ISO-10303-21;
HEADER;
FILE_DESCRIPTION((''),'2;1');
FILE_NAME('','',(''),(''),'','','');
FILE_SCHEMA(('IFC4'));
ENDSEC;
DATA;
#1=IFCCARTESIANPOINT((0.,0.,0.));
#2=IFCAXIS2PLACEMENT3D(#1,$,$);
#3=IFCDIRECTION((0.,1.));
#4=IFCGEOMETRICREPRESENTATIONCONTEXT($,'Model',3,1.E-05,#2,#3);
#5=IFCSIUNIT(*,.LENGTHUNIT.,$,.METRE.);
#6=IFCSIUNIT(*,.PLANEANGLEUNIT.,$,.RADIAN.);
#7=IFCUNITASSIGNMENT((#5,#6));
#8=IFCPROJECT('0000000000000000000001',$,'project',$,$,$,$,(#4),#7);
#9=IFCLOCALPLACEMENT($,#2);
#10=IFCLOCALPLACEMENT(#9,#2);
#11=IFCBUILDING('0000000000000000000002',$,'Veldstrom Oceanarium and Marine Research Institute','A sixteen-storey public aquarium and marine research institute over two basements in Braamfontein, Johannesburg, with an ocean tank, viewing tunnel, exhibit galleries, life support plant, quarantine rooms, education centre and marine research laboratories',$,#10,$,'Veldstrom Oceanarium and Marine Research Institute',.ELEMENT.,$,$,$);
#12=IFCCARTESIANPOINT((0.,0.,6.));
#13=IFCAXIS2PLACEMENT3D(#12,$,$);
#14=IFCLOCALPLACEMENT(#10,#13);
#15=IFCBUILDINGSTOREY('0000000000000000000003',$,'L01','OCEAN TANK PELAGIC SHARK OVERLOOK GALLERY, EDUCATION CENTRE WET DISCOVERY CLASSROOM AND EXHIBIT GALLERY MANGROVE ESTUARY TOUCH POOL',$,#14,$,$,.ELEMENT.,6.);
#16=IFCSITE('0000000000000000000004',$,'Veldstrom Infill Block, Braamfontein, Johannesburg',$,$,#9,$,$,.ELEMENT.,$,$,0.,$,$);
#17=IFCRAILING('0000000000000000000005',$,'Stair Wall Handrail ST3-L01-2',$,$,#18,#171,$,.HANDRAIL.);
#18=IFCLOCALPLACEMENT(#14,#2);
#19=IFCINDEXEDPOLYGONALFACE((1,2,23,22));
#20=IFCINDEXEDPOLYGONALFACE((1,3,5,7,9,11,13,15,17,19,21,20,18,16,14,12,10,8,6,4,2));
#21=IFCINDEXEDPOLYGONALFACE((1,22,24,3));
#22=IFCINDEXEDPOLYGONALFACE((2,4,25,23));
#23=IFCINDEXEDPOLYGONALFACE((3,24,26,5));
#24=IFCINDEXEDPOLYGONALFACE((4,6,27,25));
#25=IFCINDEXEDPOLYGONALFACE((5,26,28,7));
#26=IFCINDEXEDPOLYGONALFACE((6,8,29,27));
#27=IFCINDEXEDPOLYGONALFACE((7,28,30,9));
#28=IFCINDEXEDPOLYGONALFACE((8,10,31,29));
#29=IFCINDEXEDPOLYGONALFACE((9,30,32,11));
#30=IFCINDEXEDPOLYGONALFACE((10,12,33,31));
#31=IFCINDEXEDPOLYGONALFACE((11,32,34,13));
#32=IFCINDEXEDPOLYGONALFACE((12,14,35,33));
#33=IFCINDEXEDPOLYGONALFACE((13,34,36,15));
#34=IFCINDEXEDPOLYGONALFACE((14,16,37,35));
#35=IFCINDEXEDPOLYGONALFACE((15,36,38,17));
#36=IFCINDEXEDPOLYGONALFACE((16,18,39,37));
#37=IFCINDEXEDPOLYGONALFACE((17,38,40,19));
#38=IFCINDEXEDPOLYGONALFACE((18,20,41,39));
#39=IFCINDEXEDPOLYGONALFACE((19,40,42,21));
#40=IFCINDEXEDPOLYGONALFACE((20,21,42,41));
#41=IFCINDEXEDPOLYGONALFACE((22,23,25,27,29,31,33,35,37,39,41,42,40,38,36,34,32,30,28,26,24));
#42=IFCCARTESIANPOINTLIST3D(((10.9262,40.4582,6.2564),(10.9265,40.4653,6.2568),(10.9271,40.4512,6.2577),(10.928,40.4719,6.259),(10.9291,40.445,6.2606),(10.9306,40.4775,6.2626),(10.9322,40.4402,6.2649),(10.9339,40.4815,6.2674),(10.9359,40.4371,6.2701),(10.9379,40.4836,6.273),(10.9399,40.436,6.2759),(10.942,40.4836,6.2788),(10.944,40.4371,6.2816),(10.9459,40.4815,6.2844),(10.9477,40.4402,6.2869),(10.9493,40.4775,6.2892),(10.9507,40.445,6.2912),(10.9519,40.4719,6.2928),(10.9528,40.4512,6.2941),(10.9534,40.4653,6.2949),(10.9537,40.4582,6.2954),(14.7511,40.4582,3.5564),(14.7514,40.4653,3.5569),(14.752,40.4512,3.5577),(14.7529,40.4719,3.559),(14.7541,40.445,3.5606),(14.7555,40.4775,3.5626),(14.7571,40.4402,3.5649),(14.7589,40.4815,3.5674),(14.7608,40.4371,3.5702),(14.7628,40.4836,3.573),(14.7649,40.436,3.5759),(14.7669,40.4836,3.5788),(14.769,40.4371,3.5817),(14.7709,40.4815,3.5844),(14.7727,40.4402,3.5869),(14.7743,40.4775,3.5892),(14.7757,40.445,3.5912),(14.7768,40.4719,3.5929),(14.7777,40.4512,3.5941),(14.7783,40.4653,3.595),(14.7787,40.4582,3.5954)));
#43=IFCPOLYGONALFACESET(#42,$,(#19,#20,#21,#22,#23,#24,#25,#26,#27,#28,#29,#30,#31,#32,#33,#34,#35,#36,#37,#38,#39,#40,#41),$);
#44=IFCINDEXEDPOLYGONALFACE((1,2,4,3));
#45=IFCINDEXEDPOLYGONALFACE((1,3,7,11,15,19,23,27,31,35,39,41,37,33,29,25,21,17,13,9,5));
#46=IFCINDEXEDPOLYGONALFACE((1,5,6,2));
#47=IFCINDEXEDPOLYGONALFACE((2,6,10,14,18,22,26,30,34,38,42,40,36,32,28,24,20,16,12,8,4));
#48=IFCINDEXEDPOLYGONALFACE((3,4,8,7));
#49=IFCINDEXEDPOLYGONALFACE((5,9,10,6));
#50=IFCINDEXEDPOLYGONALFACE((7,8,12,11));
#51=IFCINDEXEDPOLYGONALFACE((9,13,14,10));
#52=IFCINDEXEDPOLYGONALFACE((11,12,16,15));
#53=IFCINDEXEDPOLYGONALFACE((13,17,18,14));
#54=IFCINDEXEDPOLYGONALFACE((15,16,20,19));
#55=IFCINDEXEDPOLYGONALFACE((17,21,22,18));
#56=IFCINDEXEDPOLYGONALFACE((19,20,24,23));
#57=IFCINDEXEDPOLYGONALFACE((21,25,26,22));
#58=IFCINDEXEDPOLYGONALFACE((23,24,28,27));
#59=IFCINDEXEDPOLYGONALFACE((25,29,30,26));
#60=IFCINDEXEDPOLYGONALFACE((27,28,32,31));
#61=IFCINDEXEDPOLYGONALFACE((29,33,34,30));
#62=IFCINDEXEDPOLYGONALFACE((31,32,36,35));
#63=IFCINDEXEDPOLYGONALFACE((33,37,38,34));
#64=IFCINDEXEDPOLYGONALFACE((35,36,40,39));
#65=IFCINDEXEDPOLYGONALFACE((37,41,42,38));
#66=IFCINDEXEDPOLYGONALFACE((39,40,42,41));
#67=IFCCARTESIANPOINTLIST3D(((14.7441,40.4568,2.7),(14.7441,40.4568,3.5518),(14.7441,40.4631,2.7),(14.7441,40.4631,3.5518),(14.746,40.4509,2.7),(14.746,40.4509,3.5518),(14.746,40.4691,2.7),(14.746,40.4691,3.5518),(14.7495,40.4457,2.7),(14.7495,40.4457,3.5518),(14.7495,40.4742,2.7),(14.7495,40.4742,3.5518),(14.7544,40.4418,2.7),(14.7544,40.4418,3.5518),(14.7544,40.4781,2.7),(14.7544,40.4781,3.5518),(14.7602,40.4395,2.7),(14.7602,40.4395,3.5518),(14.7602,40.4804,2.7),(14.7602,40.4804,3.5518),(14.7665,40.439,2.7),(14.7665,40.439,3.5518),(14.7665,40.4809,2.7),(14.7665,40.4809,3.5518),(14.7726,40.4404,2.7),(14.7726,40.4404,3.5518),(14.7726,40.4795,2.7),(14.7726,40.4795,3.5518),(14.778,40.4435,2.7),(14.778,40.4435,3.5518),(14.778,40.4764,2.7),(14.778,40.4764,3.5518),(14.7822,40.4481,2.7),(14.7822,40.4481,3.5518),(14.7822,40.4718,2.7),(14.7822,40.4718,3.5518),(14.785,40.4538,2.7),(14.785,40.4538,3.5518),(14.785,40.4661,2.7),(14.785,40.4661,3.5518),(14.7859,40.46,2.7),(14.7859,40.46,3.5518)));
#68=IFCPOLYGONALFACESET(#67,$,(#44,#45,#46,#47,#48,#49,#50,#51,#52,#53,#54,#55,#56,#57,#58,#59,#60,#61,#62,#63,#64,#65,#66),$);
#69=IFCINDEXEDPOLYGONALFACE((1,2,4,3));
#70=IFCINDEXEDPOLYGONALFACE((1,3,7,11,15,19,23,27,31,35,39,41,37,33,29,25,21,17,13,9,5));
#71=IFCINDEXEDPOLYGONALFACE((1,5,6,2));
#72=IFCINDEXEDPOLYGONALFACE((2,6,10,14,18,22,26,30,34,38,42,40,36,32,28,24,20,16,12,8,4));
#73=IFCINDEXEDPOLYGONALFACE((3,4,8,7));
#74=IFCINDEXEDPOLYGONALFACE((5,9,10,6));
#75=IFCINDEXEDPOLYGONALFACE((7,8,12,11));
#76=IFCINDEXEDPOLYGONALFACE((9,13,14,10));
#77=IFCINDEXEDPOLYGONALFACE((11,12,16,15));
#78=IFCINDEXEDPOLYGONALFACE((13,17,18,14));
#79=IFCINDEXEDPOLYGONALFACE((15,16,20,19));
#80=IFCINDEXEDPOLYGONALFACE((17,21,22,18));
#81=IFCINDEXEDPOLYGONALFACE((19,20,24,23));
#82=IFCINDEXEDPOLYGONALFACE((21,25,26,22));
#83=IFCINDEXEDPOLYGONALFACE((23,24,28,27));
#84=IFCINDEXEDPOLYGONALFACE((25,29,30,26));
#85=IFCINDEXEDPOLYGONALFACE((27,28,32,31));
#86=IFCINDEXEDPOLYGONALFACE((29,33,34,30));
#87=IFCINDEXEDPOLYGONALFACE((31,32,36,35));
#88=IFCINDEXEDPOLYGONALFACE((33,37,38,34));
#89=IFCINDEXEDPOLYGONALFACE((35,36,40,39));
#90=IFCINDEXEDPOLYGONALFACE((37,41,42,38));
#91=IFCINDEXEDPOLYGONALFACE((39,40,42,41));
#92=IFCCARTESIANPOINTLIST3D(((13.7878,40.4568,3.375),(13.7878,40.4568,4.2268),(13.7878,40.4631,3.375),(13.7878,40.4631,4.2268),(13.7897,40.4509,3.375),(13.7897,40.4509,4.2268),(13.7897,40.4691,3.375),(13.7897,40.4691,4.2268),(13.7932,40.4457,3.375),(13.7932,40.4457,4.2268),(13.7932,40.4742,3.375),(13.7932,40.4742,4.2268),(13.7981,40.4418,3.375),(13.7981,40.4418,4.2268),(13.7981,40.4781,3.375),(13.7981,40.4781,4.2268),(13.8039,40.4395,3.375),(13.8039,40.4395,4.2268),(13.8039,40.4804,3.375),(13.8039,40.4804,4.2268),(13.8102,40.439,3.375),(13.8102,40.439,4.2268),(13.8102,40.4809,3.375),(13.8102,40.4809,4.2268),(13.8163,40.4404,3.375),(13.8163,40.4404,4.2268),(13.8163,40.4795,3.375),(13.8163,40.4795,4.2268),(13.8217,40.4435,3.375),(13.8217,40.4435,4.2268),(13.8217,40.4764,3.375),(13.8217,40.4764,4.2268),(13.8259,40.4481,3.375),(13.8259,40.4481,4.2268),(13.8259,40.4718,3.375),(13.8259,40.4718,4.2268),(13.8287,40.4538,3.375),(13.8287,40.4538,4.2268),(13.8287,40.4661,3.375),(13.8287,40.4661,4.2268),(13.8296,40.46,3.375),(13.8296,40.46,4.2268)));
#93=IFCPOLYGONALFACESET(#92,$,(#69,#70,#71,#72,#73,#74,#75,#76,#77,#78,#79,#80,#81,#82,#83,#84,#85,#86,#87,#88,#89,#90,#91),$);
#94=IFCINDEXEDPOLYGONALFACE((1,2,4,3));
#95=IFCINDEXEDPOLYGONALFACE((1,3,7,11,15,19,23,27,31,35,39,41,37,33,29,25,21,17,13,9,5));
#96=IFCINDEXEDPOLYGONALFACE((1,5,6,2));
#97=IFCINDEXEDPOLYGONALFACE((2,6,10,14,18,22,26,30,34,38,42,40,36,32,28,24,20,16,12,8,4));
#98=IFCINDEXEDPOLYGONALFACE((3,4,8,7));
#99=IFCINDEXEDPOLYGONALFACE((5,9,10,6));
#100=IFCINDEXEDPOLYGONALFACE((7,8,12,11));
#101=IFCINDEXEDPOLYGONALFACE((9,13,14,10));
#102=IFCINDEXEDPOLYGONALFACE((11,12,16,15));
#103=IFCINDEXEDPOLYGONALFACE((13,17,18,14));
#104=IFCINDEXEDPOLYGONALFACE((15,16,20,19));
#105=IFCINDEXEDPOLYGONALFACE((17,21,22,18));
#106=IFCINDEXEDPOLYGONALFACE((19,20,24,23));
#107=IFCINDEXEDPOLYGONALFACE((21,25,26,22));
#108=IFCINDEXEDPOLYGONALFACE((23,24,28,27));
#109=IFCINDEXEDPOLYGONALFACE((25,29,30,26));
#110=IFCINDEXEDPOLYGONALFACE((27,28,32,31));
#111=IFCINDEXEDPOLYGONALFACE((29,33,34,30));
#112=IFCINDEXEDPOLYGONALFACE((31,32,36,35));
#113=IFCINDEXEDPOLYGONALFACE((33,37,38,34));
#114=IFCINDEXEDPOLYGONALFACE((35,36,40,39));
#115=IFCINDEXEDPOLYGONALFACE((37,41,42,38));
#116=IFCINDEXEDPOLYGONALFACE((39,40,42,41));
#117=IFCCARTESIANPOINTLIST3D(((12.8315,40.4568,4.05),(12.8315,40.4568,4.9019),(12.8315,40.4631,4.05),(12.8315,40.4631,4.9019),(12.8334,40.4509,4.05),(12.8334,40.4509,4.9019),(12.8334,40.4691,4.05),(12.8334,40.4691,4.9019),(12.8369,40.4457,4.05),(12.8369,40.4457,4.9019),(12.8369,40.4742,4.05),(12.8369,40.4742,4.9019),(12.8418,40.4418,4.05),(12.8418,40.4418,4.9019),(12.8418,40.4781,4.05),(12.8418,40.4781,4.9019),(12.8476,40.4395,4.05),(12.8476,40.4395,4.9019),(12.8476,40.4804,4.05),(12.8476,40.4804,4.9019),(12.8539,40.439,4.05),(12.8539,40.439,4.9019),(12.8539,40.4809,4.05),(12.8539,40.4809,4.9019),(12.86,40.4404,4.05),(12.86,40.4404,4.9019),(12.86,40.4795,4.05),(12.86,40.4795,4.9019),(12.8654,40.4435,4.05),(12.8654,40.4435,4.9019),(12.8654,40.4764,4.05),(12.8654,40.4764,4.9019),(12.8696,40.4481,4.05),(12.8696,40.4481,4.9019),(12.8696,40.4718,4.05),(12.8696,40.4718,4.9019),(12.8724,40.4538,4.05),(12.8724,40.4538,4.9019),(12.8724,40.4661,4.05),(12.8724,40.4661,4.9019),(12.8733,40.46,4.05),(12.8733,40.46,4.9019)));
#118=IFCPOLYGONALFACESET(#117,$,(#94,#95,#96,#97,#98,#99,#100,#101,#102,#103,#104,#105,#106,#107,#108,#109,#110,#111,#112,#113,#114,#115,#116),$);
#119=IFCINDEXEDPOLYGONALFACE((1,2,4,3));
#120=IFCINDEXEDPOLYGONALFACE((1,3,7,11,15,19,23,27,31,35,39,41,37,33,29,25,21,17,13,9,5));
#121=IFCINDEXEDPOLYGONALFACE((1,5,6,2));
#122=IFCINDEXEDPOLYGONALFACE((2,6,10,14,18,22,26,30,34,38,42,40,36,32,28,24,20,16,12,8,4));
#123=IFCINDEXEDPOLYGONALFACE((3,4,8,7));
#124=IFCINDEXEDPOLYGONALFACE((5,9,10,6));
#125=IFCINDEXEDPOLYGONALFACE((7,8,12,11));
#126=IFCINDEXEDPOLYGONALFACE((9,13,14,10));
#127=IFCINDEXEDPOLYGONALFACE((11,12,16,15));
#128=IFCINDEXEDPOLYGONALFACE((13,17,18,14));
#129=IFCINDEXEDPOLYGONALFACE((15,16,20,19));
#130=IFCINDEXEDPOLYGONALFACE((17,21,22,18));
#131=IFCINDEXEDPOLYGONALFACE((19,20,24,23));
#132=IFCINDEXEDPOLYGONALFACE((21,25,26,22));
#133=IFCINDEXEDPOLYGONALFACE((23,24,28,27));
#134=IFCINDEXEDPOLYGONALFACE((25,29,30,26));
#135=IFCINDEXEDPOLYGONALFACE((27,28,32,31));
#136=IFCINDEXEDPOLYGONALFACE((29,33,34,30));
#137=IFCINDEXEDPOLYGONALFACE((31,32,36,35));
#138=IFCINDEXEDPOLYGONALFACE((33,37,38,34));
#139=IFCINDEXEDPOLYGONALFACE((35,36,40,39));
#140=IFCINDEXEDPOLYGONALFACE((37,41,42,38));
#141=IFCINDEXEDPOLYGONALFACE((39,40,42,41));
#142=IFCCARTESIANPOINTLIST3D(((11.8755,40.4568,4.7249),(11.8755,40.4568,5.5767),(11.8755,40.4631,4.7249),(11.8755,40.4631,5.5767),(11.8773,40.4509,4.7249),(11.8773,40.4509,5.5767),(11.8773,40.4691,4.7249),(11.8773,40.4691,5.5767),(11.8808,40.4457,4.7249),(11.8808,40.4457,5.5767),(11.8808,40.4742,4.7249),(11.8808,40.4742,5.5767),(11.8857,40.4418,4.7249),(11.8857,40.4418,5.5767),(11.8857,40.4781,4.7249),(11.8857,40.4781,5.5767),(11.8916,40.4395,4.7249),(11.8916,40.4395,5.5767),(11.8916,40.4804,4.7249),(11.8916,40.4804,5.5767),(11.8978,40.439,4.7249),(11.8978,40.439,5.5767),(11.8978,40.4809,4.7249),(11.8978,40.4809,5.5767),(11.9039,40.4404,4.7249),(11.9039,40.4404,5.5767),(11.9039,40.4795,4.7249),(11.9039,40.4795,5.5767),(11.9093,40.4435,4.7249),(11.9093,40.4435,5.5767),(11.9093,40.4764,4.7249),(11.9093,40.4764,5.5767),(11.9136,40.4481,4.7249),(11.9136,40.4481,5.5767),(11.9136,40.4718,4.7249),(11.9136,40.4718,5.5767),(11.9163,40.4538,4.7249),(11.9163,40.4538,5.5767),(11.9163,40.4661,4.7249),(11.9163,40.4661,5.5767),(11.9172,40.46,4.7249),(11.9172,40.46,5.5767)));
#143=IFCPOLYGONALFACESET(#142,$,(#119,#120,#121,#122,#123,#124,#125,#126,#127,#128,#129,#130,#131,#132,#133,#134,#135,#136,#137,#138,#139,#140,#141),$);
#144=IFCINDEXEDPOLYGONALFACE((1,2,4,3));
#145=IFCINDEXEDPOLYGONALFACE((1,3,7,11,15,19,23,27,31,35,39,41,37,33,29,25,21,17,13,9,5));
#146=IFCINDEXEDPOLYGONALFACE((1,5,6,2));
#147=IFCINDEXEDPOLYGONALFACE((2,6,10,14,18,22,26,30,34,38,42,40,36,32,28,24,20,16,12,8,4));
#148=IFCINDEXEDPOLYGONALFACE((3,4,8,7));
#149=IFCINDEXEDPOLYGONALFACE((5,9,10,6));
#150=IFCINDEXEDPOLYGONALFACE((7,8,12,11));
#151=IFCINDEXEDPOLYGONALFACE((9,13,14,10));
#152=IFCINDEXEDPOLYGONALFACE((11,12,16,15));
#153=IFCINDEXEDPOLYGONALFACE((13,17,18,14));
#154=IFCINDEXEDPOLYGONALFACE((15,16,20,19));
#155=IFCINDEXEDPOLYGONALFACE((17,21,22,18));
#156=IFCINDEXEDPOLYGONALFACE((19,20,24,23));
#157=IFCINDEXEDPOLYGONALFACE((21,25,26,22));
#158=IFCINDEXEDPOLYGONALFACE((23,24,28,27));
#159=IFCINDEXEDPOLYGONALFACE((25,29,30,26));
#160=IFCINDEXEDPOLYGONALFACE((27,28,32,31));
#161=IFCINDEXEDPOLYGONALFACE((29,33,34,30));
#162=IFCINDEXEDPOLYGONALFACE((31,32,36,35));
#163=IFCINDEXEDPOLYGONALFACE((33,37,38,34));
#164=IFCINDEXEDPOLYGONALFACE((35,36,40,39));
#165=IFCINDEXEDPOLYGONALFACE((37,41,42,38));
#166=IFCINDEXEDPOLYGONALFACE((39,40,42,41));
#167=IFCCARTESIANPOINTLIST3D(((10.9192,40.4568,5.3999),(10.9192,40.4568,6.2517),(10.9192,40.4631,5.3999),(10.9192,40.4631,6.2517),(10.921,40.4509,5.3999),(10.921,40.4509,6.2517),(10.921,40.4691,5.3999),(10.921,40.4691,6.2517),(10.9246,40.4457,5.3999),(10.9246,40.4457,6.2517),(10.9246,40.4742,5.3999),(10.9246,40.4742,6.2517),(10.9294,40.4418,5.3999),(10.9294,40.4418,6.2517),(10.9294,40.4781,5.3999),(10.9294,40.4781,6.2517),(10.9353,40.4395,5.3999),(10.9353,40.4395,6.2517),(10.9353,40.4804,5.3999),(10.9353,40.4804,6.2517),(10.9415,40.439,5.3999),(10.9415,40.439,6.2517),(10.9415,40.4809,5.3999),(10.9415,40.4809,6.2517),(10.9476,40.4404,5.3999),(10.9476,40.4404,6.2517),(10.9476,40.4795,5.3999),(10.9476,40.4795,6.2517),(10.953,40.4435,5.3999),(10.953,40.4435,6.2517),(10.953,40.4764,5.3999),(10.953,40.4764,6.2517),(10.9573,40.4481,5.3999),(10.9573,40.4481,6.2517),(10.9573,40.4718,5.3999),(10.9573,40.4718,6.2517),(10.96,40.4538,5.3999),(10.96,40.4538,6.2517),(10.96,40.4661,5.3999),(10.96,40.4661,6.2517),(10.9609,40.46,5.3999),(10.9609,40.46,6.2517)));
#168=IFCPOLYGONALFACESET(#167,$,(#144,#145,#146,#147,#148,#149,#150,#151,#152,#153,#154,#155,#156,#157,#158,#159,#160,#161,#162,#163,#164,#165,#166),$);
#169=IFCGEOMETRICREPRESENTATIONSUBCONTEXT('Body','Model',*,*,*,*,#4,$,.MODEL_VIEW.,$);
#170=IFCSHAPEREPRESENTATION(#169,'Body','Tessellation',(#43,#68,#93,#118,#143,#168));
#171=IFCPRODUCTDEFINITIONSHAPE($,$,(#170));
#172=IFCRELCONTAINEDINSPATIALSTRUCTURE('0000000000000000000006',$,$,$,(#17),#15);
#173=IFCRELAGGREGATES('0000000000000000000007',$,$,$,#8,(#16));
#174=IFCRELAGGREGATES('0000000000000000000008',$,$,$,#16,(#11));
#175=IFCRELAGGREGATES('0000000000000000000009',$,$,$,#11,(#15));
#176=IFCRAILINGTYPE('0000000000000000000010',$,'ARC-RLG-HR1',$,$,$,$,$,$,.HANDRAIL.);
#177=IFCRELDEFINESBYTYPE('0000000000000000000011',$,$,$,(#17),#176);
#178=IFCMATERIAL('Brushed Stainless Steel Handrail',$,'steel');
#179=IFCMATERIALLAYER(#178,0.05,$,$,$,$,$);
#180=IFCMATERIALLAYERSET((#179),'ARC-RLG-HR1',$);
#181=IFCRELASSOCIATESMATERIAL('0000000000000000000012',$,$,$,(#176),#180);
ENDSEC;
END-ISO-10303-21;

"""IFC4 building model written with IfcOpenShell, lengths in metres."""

from ifc_helpers import new_model, si_unit, direction, frame, origin, origin_2d, place, context, subcontext, project, spatial, circle, extrude, material, layer, layer_set, type_object, element, save


model = new_model("IFC4")

# Units and contexts
model_context = context("Model", 3, precision=1e-05, world=origin(), true_north=direction((0.0, 1.0)))
body_context = subcontext(model_context, "Body", "Model", "MODEL_VIEW")
ifc_project = project(units=[si_unit("LENGTHUNIT", "METRE"), si_unit("PLANEANGLEUNIT", "RADIAN")], contexts=[model_context])

# Site, building, storey
site_placement = place(None, origin())
site = spatial("IfcSite", under=ifc_project, at=site_placement, Name="Veldstrom Infill Block, Braamfontein, Johannesburg", CompositionType="ELEMENT", RefElevation=0.0)
building_placement = place(site_placement, origin())
building = spatial("IfcBuilding", under=site, at=building_placement, Name="Veldstrom Oceanarium and Marine Research Institute", Description="A sixteen-storey public aquarium and marine research institute over two basements in Braamfontein, Johannesburg, with an ocean tank, viewing tunnel, exhibit galleries, life support plant, quarantine rooms, education centre and marine research laboratories", LongName="Veldstrom Oceanarium and Marine Research Institute", CompositionType="ELEMENT")
storey_placement = place(building_placement, frame((0.0, 0.0, 6.0)))
storey = spatial("IfcBuildingStorey", under=building, at=storey_placement, Name="L01", Description="OCEAN TANK PELAGIC SHARK OVERLOOK GALLERY, EDUCATION CENTRE WET DISCOVERY CLASSROOM AND EXHIBIT GALLERY MANGROVE ESTUARY TOUCH POOL", CompositionType="ELEMENT", Elevation=6.0)

# Railing
ifc_material_1 = material(Name="Brushed Stainless Steel Handrail", Category="steel")
ifc_layer_1 = layer(ifc_material_1, 0.05)
ifc_layer_set_1 = layer_set([ifc_layer_1], Name="ARC-RLG-HR1")
railing_type_1 = type_object("IfcRailingType", Name="ARC-RLG-HR1", PredefinedType="HANDRAIL", material=ifc_layer_set_1)
railing_1_placement = place(storey_placement, frame((14.7649, 40.46, 2.7)))
element("IfcRailing", 1, at=railing_1_placement, inside=storey, type_object=railing_type_1, Name="Stair Wall Handrail ST3-L01-2", PredefinedType="HANDRAIL", context=body_context, shape_type="SweptSolid", body=[
    extrude(circle(Radius=0.0239, at=origin_2d()), frame((0.0, 0.0, 0.876), z_axis=(-0.816969, 0.0, 0.576681), x_axis=(0.0, -1.0, 0.0)), (0.0, 0.0, 1.0), 4.6819),
    extrude(circle(Radius=0.021, at=origin_2d()), origin(), (0.0, 0.0, 1.0), 0.8518),
    extrude(circle(Radius=0.021, at=origin_2d()), frame((-0.9563, 0.0, 0.675)), (0.0, 0.0, 1.0), 0.8518),
    extrude(circle(Radius=0.021, at=origin_2d()), frame((-1.9126, 0.0, 1.3501)), (0.0, 0.0, 1.0), 0.8518),
    extrude(circle(Radius=0.021, at=origin_2d()), frame((-2.8687, 0.0, 2.0249)), (0.0, 0.0, 1.0), 0.8518),
    extrude(circle(Radius=0.021, at=origin_2d()), frame((-3.825, 0.0, 2.7)), (0.0, 0.0, 1.0), 0.8518),
])

save(model, "model.ifc")
